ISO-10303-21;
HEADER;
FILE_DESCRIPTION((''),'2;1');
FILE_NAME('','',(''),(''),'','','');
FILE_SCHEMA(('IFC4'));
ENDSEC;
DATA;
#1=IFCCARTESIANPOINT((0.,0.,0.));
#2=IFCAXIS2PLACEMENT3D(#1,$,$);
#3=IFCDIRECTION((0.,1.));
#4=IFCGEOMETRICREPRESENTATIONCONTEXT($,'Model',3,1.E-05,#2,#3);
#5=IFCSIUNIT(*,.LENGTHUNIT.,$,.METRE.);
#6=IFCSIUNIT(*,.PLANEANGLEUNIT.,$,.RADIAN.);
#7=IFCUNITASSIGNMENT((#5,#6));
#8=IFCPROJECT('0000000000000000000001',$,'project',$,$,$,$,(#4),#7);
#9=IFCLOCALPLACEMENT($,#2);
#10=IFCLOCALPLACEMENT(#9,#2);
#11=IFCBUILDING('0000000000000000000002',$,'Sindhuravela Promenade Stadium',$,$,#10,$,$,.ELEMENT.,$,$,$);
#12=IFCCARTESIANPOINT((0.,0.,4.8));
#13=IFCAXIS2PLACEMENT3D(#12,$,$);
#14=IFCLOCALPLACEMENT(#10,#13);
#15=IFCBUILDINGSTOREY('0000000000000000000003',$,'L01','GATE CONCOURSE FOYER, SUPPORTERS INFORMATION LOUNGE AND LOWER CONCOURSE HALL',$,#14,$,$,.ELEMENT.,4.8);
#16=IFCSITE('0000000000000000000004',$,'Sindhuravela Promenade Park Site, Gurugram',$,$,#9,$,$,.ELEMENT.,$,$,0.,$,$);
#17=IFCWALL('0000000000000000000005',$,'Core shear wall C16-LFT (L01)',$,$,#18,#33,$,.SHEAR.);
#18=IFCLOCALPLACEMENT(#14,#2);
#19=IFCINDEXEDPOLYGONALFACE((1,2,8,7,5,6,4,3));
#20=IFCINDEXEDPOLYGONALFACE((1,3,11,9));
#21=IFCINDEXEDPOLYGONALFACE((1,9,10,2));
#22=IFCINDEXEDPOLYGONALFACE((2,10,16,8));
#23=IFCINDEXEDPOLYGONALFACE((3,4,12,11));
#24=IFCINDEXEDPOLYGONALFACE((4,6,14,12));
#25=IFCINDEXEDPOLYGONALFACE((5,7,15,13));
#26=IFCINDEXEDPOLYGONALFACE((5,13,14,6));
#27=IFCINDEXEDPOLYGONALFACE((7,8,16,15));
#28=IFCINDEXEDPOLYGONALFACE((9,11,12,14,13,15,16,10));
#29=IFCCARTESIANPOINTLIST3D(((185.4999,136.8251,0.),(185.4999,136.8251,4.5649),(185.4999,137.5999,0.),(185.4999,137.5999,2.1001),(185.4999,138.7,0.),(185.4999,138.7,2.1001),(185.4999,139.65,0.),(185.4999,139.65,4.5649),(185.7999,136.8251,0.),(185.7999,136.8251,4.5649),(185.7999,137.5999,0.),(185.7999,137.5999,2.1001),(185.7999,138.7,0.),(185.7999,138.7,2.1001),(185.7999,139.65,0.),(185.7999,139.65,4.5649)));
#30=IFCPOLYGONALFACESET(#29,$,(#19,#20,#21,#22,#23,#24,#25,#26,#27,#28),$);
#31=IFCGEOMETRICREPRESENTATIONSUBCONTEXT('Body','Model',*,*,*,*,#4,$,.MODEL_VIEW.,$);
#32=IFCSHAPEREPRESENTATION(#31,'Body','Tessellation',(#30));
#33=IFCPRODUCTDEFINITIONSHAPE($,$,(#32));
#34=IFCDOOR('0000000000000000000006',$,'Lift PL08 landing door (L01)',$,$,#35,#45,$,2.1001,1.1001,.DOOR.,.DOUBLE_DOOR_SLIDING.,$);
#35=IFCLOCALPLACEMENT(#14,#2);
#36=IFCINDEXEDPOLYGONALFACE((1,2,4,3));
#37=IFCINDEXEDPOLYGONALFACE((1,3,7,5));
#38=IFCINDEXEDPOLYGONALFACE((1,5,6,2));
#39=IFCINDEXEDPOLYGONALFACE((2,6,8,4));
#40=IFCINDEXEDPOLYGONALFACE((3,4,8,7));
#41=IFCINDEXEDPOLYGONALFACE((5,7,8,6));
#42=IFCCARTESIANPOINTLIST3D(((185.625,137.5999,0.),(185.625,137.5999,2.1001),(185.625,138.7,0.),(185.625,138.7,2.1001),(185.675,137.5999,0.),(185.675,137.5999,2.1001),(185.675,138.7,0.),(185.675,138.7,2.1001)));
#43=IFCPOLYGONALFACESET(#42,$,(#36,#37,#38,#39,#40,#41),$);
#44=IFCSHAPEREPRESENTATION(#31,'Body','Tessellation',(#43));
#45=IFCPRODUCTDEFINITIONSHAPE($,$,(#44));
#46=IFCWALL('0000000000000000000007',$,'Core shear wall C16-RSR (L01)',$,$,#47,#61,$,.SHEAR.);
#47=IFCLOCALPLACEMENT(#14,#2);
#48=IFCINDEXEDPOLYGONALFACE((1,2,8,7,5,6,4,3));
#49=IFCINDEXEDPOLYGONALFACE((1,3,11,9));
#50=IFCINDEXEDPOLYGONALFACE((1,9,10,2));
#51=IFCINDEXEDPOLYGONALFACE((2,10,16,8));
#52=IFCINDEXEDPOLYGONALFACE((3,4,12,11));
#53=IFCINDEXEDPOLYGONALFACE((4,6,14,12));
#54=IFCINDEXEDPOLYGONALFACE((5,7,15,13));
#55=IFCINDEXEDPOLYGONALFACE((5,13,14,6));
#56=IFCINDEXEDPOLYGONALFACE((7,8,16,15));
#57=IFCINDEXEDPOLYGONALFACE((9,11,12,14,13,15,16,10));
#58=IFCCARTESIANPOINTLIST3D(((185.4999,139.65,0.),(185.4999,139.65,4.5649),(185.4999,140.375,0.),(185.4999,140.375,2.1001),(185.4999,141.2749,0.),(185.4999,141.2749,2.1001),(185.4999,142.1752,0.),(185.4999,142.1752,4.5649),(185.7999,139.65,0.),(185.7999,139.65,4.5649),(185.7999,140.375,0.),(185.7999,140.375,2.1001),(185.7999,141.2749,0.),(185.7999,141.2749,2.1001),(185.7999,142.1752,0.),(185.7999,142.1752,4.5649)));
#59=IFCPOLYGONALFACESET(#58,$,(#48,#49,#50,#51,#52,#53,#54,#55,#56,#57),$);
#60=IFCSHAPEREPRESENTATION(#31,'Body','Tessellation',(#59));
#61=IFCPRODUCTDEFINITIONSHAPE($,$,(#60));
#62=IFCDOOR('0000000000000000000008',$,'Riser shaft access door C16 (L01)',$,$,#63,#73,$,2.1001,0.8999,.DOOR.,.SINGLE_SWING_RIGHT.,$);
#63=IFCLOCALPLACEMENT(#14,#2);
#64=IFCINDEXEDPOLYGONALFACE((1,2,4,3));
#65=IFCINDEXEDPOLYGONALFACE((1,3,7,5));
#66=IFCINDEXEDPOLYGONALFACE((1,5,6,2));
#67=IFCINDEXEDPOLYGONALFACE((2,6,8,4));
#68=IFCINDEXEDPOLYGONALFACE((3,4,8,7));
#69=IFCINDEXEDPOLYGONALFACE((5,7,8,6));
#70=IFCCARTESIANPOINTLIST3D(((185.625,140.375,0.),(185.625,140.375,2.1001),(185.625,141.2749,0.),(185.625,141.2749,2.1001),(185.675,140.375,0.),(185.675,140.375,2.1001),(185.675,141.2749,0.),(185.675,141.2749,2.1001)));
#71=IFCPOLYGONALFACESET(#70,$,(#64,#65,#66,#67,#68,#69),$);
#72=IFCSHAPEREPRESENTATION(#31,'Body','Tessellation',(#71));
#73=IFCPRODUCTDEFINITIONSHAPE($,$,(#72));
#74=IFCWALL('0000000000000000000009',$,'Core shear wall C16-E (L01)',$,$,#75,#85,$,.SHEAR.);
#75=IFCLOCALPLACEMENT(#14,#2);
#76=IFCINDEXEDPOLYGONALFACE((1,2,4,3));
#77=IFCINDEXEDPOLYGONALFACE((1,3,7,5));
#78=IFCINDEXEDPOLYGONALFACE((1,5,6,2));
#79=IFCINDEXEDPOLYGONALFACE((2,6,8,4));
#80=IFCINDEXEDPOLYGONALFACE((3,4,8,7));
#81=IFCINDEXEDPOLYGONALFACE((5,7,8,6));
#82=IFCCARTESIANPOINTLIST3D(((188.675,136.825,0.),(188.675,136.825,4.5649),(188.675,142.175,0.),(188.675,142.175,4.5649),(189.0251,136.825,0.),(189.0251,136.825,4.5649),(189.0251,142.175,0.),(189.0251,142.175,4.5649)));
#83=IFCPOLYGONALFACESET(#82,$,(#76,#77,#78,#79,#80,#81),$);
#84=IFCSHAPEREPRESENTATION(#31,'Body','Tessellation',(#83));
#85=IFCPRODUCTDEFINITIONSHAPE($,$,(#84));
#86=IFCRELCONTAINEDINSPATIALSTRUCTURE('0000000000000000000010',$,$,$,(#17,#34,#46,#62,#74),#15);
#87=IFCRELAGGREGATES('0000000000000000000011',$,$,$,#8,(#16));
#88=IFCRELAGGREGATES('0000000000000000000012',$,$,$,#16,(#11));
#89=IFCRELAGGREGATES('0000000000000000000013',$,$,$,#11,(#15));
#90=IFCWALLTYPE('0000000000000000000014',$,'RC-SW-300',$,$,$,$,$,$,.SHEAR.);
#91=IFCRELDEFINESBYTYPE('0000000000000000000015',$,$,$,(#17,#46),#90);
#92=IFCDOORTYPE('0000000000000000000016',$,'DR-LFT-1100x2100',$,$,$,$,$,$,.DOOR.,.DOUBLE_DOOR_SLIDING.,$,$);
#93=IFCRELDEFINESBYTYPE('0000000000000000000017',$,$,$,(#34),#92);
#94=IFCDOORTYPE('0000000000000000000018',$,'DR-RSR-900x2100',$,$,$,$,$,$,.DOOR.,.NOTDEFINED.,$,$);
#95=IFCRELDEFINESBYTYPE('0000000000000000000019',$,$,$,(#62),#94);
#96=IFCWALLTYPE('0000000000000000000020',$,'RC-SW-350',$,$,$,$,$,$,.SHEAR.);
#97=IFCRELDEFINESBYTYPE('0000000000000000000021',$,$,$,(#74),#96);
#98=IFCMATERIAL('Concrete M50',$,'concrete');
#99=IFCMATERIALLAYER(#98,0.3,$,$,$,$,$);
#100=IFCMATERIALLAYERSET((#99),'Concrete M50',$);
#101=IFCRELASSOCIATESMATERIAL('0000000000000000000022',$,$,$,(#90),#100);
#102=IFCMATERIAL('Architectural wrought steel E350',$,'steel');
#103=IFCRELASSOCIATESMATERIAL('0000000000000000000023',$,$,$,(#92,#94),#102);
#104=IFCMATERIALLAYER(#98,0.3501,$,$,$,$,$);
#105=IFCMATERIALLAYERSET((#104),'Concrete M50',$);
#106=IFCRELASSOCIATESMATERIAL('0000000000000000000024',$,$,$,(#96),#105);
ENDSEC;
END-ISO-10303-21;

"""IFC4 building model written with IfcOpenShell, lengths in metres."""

from ifc_helpers import new_model, si_unit, direction, frame, frame_2d, origin, place, context, subcontext, project, spatial, rectangle, extrude, material, layer, layer_set, type_object, element, fill, save


model = new_model("IFC4")

# Units and contexts
model_context = context("Model", 3, precision=1e-05, world=origin(), true_north=direction((0.0, 1.0)))
body_context = subcontext(model_context, "Body", "Model", "MODEL_VIEW")
ifc_project = project(units=[si_unit("LENGTHUNIT", "METRE"), si_unit("PLANEANGLEUNIT", "RADIAN")], contexts=[model_context])

# Site, building, storey
site_placement = place(None, origin())
site = spatial("IfcSite", under=ifc_project, at=site_placement, Name="Sindhuravela Promenade Park Site, Gurugram", CompositionType="ELEMENT", RefElevation=0.0)
building_placement = place(site_placement, origin())
building = spatial("IfcBuilding", under=site, at=building_placement, Name="Sindhuravela Promenade Stadium", CompositionType="ELEMENT")
storey_placement = place(building_placement, frame((0.0, 0.0, 4.8)))
storey = spatial("IfcBuildingStorey", under=building, at=storey_placement, Name="L01", Description="GATE CONCOURSE FOYER, SUPPORTERS INFORMATION LOUNGE AND LOWER CONCOURSE HALL", CompositionType="ELEMENT", Elevation=4.8)

# Walls, openings, doors
ifc_material_1 = material(Name="Concrete M50", Category="concrete")
ifc_layer_1 = layer(ifc_material_1, 0.3)
ifc_layer_set_1 = layer_set([ifc_layer_1], Name="Concrete M50")
wall_type_1 = type_object("IfcWallType", Name="RC-SW-300", PredefinedType="SHEAR", material=ifc_layer_set_1)
ifc_material_2 = material(Name="Architectural wrought steel E350", Category="steel")
wall_1_placement = place(storey_placement, frame((185.6499, 136.825, 0.0), z_axis=(0.0, 0.0, 1.0), x_axis=(0.0, 1.0, 0.0)))
wall_1 = element("IfcWall", 1, at=wall_1_placement, inside=storey, type_object=wall_type_1, Name="Core shear wall C16-LFT (L01)", PredefinedType="SHEAR", context=body_context, shape_type="SweptSolid", body=[
    extrude(rectangle(XDim=2.825, YDim=0.3, at=frame_2d((1.4126, 0.0))), origin(), (0.0, 0.0, 1.0), 4.5649),
])
opening_1_placement = place(wall_1_placement, frame((0.7749, 0.0, 0.0)))
opening_1 = element("IfcOpeningElement", 2, at=opening_1_placement, cuts=wall_1, PredefinedType="OPENING", context=body_context, shape_type="SweptSolid", body=[
    extrude(rectangle(XDim=1.1001, YDim=2.1001, at=frame_2d((0.55, 1.05))), frame((0.0, 0.1599, 0.0), z_axis=(0.0, -1.0, 0.0), x_axis=(1.0, 0.0, 0.0)), (0.0, 0.0, 1.0), 0.3201),
])
door_type_1 = type_object("IfcDoorType", Name="DR-LFT-1100x2100", OperationType="DOUBLE_DOOR_SLIDING", PredefinedType="DOOR", material=ifc_material_2)
door_1_placement = place(opening_1_placement, origin())
door_1 = element("IfcDoor", 3, at=door_1_placement, inside=storey, type_object=door_type_1, Name="Lift PL08 landing door (L01)", OperationType="DOUBLE_DOOR_SLIDING", OverallHeight=2.1001, OverallWidth=1.1001, PredefinedType="DOOR", context=body_context, shape_type="SweptSolid", body=[
    extrude(rectangle(XDim=1.1001, YDim=2.1001, at=frame_2d((0.55, 1.05))), frame((0.0, 0.0249, 0.0), z_axis=(0.0, -1.0, 0.0), x_axis=(1.0, 0.0, 0.0)), (0.0, 0.0, 1.0), 0.05),
])
fill(opening_1, door_1)
wall_2_placement = place(storey_placement, frame((185.6499, 139.6499, 0.0), z_axis=(0.0, 0.0, 1.0), x_axis=(0.0, 1.0, 0.0)))
wall_2 = element("IfcWall", 4, at=wall_2_placement, inside=storey, type_object=wall_type_1, Name="Core shear wall C16-RSR (L01)", PredefinedType="SHEAR", context=body_context, shape_type="SweptSolid", body=[
    extrude(rectangle(XDim=2.5251, YDim=0.3, at=frame_2d((1.2627, 0.0))), origin(), (0.0, 0.0, 1.0), 4.5649),
])
opening_2_placement = place(wall_2_placement, frame((0.7251, 0.0, 0.0)))
opening_2 = element("IfcOpeningElement", 5, at=opening_2_placement, cuts=wall_2, PredefinedType="OPENING", context=body_context, shape_type="SweptSolid", body=[
    extrude(rectangle(XDim=0.8999, YDim=2.1001, at=frame_2d((0.45, 1.05))), frame((0.0, 0.1599, 0.0), z_axis=(0.0, -1.0, 0.0), x_axis=(1.0, 0.0, 0.0)), (0.0, 0.0, 1.0), 0.3201),
])
door_type_2 = type_object("IfcDoorType", Name="DR-RSR-900x2100", OperationType="NOTDEFINED", PredefinedType="DOOR", material=ifc_material_2)
door_2_placement = place(opening_2_placement, origin())
door_2 = element("IfcDoor", 6, at=door_2_placement, inside=storey, type_object=door_type_2, Name="Riser shaft access door C16 (L01)", OperationType="SINGLE_SWING_RIGHT", OverallHeight=2.1001, OverallWidth=0.8999, PredefinedType="DOOR", context=body_context, shape_type="SweptSolid", body=[
    extrude(rectangle(XDim=0.8999, YDim=2.1001, at=frame_2d((0.45, 1.05))), frame((0.0, 0.0249, 0.0), z_axis=(0.0, -1.0, 0.0), x_axis=(1.0, 0.0, 0.0)), (0.0, 0.0, 1.0), 0.05),
])
fill(opening_2, door_2)

# Wall
ifc_layer_2 = layer(ifc_material_1, 0.3501)
ifc_layer_set_2 = layer_set([ifc_layer_2], Name="Concrete M50")
wall_type_2 = type_object("IfcWallType", Name="RC-SW-350", PredefinedType="SHEAR", material=ifc_layer_set_2)
wall_3_placement = place(storey_placement, frame((188.8501, 136.825, 0.0), z_axis=(0.0, 0.0, 1.0), x_axis=(0.0, 1.0, 0.0)))
element("IfcWall", 7, at=wall_3_placement, inside=storey, type_object=wall_type_2, Name="Core shear wall C16-E (L01)", PredefinedType="SHEAR", context=body_context, shape_type="SweptSolid", body=[
    extrude(rectangle(XDim=5.3501, YDim=0.3501, at=frame_2d((2.675, 0.0))), origin(), (0.0, 0.0, 1.0), 4.5649),
])

save(model, "model.ifc")
